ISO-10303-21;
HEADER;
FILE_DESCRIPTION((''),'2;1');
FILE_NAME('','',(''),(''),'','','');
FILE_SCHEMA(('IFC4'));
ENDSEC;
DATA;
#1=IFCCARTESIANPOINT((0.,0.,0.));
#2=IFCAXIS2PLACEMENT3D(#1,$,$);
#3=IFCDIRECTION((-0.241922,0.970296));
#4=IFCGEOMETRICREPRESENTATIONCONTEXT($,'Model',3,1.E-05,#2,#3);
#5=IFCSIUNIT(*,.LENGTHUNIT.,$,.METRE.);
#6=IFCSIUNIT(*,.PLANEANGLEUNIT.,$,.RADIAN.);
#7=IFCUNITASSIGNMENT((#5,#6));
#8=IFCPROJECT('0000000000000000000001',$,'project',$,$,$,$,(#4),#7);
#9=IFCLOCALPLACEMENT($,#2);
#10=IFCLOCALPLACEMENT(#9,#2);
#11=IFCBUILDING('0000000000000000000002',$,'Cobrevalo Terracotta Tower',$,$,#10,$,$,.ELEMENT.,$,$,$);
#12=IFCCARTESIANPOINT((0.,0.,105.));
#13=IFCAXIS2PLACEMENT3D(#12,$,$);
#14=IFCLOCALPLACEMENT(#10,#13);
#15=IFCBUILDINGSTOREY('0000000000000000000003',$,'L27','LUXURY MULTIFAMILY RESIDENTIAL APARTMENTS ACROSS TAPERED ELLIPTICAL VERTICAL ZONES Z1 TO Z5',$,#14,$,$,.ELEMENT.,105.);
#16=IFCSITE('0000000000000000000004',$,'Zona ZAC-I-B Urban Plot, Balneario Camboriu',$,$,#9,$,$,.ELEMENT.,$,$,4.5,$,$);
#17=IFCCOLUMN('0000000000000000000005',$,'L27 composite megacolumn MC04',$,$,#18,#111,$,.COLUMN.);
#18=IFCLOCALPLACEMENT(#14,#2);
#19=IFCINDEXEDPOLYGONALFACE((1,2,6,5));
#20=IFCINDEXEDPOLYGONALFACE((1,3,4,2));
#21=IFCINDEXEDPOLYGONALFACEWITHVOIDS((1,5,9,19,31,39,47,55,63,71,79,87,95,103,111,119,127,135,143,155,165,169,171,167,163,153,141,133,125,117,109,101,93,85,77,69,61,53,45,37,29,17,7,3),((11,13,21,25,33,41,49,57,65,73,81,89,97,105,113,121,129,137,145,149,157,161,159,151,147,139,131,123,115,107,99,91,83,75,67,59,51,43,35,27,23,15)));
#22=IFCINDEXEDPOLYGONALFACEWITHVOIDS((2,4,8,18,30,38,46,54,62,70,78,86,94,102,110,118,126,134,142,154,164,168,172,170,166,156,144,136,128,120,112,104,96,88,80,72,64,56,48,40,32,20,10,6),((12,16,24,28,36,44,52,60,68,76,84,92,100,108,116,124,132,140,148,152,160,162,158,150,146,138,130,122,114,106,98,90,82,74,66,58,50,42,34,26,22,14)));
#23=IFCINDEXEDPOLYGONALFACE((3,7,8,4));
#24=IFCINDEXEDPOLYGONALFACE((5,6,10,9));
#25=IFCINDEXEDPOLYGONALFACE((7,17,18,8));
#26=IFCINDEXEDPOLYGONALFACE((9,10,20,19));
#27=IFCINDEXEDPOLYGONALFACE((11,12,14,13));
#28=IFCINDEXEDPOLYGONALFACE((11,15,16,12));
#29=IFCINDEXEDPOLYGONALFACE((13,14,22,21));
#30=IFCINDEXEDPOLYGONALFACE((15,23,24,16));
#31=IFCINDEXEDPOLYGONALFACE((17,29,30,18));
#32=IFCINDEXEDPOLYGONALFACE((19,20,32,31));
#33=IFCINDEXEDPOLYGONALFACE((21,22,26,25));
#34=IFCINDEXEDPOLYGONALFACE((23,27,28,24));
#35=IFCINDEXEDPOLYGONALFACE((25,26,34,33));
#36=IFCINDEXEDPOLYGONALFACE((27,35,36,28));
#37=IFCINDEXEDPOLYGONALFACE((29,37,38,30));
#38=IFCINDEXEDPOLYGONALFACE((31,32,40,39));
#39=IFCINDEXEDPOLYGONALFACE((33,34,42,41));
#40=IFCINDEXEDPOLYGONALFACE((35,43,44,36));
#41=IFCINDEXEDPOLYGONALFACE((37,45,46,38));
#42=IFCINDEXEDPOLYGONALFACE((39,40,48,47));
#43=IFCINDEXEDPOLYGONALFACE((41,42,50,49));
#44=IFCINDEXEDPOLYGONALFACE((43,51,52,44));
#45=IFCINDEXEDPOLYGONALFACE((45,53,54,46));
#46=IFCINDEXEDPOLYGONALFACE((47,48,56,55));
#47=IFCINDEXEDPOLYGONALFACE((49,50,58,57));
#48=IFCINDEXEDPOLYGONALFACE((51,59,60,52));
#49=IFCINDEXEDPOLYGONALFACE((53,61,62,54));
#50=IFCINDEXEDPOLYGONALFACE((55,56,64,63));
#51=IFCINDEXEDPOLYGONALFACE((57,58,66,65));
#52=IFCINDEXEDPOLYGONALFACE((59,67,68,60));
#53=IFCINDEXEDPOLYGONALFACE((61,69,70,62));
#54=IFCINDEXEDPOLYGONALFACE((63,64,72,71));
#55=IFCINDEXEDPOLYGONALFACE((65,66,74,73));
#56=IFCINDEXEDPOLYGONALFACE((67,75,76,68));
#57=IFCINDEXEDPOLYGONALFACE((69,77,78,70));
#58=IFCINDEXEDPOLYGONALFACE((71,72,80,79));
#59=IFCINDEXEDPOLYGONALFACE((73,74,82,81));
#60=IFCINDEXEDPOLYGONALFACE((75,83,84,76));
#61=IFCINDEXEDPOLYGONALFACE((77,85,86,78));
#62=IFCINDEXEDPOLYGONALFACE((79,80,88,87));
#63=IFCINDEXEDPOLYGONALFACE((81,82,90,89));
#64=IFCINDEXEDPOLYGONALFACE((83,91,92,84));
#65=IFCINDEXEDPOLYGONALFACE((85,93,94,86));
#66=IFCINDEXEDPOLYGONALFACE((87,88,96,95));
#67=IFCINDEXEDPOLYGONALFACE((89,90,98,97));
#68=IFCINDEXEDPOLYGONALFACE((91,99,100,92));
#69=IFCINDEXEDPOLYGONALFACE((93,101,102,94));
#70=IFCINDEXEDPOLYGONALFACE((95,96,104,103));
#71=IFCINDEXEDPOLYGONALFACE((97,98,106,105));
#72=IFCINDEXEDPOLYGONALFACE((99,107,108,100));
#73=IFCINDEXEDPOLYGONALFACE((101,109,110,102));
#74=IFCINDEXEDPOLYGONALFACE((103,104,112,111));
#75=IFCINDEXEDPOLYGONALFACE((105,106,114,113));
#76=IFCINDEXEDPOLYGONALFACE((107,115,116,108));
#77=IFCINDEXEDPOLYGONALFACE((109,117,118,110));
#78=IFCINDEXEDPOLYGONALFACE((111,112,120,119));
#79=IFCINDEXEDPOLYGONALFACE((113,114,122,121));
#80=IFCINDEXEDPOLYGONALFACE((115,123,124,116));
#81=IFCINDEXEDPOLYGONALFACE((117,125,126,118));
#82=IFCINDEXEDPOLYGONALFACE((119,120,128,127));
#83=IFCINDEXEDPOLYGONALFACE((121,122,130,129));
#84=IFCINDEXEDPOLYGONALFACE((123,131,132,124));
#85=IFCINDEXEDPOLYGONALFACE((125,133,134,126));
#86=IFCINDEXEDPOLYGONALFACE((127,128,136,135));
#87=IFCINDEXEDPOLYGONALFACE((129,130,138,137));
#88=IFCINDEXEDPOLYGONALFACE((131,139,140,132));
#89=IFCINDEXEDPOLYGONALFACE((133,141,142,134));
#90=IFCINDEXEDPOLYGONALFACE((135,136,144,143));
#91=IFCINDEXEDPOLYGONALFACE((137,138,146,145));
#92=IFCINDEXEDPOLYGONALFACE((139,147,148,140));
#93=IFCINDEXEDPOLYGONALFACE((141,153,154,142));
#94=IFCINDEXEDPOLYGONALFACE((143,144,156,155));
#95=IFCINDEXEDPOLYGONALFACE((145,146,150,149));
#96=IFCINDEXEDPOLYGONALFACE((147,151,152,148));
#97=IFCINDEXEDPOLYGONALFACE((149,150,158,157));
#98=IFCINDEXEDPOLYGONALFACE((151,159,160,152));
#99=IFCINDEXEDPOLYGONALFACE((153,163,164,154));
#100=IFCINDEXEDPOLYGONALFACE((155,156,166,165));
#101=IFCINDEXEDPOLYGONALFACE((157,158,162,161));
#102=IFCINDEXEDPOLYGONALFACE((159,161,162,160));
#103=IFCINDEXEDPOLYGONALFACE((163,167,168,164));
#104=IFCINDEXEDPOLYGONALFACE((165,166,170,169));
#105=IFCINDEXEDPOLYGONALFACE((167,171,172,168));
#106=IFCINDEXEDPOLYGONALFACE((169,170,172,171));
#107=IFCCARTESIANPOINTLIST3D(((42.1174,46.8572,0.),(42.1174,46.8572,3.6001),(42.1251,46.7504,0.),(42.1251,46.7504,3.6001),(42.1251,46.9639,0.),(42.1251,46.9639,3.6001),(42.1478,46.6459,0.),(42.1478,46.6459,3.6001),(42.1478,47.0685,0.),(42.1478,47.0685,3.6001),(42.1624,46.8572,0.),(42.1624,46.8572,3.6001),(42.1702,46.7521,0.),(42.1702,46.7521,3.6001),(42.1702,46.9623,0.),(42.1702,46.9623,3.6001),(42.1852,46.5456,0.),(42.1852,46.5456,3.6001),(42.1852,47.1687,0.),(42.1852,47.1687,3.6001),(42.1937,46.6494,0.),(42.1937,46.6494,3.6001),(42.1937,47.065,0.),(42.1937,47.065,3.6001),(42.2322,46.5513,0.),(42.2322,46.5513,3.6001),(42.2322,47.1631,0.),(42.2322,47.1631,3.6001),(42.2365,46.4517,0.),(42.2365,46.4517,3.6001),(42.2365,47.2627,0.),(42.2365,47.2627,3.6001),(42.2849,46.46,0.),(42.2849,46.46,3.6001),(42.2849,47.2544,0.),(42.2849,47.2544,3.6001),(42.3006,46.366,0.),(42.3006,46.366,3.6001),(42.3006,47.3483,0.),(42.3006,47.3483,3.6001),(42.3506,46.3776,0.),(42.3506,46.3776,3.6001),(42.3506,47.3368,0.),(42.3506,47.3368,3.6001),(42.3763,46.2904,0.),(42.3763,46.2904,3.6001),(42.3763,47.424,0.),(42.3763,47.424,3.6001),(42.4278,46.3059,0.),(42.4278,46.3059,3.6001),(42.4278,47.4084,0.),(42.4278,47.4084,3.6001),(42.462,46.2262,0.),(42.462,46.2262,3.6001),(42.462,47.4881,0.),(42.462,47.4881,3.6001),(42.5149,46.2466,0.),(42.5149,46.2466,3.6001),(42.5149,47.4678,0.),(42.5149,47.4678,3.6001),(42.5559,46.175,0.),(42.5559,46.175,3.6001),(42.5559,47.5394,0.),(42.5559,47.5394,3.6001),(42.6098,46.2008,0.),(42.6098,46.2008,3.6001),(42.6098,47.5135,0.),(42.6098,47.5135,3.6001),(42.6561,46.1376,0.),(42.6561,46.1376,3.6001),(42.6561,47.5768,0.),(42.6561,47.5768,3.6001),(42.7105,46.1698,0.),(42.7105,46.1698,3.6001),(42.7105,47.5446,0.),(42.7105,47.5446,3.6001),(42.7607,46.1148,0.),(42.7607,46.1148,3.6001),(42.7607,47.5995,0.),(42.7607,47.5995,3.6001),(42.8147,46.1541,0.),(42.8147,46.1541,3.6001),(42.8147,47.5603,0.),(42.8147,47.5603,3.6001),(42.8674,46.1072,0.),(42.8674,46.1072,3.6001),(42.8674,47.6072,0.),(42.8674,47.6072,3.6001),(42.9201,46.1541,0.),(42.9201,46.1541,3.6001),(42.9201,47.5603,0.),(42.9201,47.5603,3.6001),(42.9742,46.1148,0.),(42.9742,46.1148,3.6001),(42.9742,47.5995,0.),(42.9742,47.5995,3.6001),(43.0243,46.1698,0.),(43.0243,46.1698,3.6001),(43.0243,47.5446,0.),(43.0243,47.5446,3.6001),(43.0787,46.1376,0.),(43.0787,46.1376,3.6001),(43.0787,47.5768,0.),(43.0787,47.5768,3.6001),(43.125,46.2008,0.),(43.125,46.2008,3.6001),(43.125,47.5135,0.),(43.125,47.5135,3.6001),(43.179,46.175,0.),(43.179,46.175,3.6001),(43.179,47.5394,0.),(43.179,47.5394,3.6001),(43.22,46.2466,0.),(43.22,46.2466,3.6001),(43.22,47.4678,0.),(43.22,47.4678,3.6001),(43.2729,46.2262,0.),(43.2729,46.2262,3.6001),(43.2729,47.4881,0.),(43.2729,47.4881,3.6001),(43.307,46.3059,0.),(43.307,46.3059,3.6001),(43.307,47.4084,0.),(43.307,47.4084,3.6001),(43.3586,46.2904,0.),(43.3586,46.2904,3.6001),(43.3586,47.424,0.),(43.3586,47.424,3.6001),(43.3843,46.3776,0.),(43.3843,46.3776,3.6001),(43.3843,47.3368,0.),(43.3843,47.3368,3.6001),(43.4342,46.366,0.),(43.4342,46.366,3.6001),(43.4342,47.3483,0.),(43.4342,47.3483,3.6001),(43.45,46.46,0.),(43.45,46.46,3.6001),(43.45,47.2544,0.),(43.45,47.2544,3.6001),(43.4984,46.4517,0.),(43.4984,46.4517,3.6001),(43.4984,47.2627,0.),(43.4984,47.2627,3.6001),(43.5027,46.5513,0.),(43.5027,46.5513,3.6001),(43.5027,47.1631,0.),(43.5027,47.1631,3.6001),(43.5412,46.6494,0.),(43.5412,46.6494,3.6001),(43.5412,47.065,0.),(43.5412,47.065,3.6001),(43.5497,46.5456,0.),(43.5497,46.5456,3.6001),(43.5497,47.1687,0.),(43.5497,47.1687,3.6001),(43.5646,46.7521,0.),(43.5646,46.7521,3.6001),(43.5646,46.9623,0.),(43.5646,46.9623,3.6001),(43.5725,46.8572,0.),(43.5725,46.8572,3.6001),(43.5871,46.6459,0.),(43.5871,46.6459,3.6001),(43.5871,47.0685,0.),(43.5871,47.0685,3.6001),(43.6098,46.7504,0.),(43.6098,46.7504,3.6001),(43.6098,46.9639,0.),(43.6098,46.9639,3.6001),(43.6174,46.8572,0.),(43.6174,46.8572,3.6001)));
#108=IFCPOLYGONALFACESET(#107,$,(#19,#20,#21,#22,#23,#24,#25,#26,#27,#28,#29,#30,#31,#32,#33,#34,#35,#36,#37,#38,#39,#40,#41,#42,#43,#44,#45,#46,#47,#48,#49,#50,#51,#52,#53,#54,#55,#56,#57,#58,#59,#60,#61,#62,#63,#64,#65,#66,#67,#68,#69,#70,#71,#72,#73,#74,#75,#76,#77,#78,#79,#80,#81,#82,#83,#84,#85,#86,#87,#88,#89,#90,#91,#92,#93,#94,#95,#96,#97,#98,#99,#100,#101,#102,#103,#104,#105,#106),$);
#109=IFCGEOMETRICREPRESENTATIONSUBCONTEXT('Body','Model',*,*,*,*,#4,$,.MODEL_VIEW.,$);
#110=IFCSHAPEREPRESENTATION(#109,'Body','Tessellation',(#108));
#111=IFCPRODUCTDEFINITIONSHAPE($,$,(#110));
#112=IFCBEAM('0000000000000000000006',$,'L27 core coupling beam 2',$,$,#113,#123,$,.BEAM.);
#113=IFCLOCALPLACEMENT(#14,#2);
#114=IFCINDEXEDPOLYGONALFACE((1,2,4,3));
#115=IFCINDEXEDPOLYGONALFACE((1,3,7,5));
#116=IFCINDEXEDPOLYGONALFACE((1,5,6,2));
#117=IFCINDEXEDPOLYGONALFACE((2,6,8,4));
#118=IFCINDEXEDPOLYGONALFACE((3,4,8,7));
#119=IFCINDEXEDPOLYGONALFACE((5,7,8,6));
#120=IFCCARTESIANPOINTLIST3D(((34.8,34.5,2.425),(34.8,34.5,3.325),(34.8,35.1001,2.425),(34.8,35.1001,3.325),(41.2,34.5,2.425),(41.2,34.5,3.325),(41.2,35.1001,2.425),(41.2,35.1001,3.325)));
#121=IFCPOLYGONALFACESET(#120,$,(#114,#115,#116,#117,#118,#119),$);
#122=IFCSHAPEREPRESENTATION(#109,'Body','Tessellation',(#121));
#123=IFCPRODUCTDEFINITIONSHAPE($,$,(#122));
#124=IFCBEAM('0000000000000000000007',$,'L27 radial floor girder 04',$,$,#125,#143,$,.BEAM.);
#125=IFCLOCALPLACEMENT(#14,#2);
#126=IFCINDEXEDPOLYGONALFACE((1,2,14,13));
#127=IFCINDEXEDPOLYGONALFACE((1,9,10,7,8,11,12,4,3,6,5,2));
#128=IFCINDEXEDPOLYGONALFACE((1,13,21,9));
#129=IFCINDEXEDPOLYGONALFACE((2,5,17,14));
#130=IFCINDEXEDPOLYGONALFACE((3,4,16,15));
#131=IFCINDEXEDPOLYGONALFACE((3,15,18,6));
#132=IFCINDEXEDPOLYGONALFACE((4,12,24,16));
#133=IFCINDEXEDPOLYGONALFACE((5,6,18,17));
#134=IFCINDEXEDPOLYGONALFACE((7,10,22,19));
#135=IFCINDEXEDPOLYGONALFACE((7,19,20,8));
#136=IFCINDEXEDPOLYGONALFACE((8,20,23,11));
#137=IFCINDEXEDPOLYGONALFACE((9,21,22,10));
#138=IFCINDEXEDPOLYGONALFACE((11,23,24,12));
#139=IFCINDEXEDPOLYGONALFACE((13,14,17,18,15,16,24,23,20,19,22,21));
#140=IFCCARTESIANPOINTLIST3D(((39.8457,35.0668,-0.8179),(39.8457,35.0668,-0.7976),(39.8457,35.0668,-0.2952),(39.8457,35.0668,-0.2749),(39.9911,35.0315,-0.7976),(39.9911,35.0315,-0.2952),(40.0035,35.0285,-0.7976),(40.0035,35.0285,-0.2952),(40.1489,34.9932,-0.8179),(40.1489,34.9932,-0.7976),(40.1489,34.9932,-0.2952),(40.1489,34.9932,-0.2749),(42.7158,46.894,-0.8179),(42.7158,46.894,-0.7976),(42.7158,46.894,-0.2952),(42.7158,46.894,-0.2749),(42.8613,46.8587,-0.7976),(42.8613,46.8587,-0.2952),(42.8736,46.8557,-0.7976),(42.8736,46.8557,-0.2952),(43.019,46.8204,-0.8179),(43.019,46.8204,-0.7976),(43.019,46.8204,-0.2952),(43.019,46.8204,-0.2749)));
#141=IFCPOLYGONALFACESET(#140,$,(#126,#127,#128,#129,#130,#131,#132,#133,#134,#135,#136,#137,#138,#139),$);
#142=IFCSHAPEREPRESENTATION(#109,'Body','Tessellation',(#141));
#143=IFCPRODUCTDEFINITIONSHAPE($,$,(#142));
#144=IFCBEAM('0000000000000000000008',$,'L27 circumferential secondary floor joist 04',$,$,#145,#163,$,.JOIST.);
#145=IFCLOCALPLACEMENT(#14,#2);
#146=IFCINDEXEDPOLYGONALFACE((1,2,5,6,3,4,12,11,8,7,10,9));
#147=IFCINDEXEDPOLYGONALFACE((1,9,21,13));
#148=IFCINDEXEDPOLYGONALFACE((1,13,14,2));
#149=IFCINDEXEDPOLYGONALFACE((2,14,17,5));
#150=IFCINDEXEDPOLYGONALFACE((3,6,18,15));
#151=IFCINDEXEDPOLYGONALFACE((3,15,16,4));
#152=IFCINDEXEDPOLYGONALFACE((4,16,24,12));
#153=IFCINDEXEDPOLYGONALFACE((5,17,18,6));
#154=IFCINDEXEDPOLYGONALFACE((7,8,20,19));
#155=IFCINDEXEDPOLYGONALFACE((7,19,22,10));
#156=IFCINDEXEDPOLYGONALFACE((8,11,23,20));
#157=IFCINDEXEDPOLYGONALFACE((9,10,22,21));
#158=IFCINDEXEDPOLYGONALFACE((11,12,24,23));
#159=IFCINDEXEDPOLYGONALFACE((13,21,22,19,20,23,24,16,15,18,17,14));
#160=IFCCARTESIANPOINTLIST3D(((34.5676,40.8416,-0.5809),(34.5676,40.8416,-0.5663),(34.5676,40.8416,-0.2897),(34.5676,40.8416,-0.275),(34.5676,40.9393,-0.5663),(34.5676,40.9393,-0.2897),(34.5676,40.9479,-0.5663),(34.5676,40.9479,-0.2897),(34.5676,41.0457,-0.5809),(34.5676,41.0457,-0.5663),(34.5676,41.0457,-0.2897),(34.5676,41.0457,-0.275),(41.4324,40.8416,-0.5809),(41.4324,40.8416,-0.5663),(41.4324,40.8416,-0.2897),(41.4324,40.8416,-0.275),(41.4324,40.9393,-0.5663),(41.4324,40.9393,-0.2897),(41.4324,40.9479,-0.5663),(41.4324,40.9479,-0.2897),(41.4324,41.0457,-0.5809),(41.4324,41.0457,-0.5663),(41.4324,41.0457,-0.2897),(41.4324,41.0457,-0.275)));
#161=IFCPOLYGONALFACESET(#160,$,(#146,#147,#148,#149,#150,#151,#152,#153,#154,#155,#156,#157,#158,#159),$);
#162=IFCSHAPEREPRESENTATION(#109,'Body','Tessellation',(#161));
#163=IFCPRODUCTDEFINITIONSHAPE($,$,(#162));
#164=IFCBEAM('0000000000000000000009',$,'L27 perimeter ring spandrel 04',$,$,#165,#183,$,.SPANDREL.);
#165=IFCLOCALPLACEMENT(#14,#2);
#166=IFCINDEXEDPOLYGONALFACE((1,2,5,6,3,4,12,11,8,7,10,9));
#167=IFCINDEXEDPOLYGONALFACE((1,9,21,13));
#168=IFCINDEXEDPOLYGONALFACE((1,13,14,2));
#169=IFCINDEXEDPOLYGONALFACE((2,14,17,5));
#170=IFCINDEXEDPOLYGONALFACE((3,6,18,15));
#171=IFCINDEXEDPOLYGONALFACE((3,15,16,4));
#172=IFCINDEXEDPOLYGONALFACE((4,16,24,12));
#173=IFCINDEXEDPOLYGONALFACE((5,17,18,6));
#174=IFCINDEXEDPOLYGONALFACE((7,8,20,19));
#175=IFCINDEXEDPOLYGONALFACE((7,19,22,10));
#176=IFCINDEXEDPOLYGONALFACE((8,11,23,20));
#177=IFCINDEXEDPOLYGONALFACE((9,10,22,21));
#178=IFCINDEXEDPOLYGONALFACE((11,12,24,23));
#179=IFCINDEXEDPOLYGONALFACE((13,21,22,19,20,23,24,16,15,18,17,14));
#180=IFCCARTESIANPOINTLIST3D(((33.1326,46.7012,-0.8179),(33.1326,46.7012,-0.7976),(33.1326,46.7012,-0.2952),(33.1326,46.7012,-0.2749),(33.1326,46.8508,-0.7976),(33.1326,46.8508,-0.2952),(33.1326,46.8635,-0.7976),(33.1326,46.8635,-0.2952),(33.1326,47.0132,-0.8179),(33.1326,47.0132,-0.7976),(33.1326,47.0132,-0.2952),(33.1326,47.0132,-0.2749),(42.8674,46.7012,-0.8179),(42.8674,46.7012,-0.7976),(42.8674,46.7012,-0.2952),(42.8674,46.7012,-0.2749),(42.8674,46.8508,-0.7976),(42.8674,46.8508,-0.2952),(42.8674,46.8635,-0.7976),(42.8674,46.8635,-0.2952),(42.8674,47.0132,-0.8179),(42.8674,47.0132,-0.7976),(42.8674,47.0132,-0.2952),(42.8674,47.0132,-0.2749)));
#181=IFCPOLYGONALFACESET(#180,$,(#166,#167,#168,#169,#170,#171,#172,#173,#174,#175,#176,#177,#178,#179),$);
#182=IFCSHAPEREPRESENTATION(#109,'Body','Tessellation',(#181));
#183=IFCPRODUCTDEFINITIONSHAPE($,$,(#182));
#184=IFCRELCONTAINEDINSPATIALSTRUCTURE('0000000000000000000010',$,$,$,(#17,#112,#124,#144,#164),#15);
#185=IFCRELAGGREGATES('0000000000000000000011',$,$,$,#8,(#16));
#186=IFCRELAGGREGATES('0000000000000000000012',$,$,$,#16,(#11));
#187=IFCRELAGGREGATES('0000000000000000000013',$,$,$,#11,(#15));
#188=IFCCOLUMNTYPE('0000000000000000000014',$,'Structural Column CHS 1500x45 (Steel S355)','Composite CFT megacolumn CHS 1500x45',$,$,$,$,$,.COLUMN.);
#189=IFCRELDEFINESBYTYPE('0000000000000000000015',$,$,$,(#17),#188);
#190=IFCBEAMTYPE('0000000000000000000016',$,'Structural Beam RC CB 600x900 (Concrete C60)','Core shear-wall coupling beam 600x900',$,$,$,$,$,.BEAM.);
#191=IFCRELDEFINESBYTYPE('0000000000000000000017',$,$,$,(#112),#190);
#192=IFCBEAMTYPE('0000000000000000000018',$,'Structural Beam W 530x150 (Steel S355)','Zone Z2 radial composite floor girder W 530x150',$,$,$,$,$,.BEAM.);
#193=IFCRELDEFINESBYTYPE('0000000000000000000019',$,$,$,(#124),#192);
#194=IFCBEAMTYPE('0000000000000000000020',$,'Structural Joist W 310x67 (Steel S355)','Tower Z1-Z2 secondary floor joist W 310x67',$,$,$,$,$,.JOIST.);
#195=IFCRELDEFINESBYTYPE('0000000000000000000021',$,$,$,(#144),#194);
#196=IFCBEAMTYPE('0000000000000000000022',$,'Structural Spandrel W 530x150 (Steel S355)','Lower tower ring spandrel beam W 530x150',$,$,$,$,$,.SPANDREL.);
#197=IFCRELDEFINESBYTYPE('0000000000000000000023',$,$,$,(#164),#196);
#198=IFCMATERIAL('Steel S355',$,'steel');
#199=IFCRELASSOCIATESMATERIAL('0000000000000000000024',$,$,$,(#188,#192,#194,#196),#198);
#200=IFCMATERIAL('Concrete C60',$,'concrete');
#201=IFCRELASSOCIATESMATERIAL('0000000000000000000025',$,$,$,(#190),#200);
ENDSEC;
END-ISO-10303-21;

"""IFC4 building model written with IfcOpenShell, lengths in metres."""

from ifc_helpers import new_model, si_unit, direction, frame, origin, origin_2d, place, context, subcontext, project, spatial, rectangle, hollow_circle, i_section, extrude, material, material_profile, profile_set, type_object, element, save


model = new_model("IFC4")

# Units and contexts
model_context = context("Model", 3, precision=1e-05, world=origin(), true_north=direction((-0.241922, 0.970296)))
body_context = subcontext(model_context, "Body", "Model", "MODEL_VIEW")
ifc_project = project(units=[si_unit("LENGTHUNIT", "METRE"), si_unit("PLANEANGLEUNIT", "RADIAN")], contexts=[model_context])

# Site, building, storey
site_placement = place(None, origin())
site = spatial("IfcSite", under=ifc_project, at=site_placement, Name="Zona ZAC-I-B Urban Plot, Balneario Camboriu", CompositionType="ELEMENT", RefElevation=4.5)
building_placement = place(site_placement, origin())
building = spatial("IfcBuilding", under=site, at=building_placement, Name="Cobrevalo Terracotta Tower", CompositionType="ELEMENT")
storey_placement = place(building_placement, frame((0.0, 0.0, 105.0)))
storey = spatial("IfcBuildingStorey", under=building, at=storey_placement, Name="L27", Description="LUXURY MULTIFAMILY RESIDENTIAL APARTMENTS ACROSS TAPERED ELLIPTICAL VERTICAL ZONES Z1 TO Z5", CompositionType="ELEMENT", Elevation=105.0)

# Column
ifc_material_1 = material(Name="Steel S355", Category="steel")
ifc_material_profile_1 = material_profile(ifc_material_1, hollow_circle(Radius=0.75, WallThickness=0.0449, at=origin_2d()), Name="CHS 1500x45")
ifc_profile_set_1 = profile_set([ifc_material_profile_1], Name="Steel S355")
column_type = type_object("IfcColumnType", Name="Structural Column CHS 1500x45 (Steel S355)", Description="Composite CFT megacolumn CHS 1500x45", PredefinedType="COLUMN", material=ifc_profile_set_1)
column_placement = place(storey_placement, frame((42.8674, 46.8572, 0.0), z_axis=(0.0, 0.0, 1.0), x_axis=(1.0, 0.0, 0.0)))
element("IfcColumn", 1, at=column_placement, inside=storey, type_object=column_type, Name="L27 composite megacolumn MC04", PredefinedType="COLUMN", context=body_context, shape_type="SweptSolid", body=[
    extrude(hollow_circle(Radius=0.75, WallThickness=0.0449, at=origin_2d()), origin(), (0.0, 0.0, 1.0), 3.6001),
])

# Beams
ifc_material_2 = material(Name="Concrete C60", Category="concrete")
ifc_material_profile_2 = material_profile(ifc_material_2, rectangle(XDim=0.6001, YDim=0.8999, at=origin_2d()), Name="RC CB 600x900")
ifc_profile_set_2 = profile_set([ifc_material_profile_2], Name="Concrete C60")
beam_type_1 = type_object("IfcBeamType", Name="Structural Beam RC CB 600x900 (Concrete C60)", Description="Core shear-wall coupling beam 600x900", PredefinedType="BEAM", material=ifc_profile_set_2)
beam_1_placement = place(storey_placement, frame((34.8, 34.8, 2.875), z_axis=(1.0, 0.0, 0.0), x_axis=(0.0, 1.0, 0.0)))
element("IfcBeam", 2, at=beam_1_placement, inside=storey, type_object=beam_type_1, Name="L27 core coupling beam 2", PredefinedType="BEAM", context=body_context, shape_type="SweptSolid", body=[
    extrude(rectangle(XDim=0.6001, YDim=0.8999, at=origin_2d()), origin(), (0.0, 0.0, 1.0), 6.3999),
])
ifc_material_profile_3 = material_profile(ifc_material_1, i_section(OverallWidth=0.312, OverallDepth=0.543, WebThickness=0.0127, FlangeThickness=0.0203, at=origin_2d()), Name="W 530x150")
ifc_profile_set_3 = profile_set([ifc_material_profile_3], Name="Steel S355")
beam_type_2 = type_object("IfcBeamType", Name="Structural Beam W 530x150 (Steel S355)", Description="Zone Z2 radial composite floor girder W 530x150", PredefinedType="BEAM", material=ifc_profile_set_3)
beam_2_placement = place(storey_placement, frame((42.8674, 46.8572, -0.5464), z_axis=(-0.235827, -0.971795, 0.0), x_axis=(0.971795, -0.235827, 0.0)))
element("IfcBeam", 3, at=beam_2_placement, inside=storey, type_object=beam_type_2, Name="L27 radial floor girder 04", PredefinedType="BEAM", context=body_context, shape_type="SweptSolid", body=[
    extrude(i_section(OverallWidth=0.312, OverallDepth=0.543, WebThickness=0.0127, FlangeThickness=0.0203, at=origin_2d()), origin(), (0.0, 0.0, 1.0), 12.1704),
])
ifc_material_profile_4 = material_profile(ifc_material_1, i_section(OverallWidth=0.2041, OverallDepth=0.3059, WebThickness=0.0085, FlangeThickness=0.0146, at=origin_2d()), Name="W 310x67")
ifc_profile_set_4 = profile_set([ifc_material_profile_4], Name="Steel S355")
beam_type_3 = type_object("IfcBeamType", Name="Structural Joist W 310x67 (Steel S355)", Description="Tower Z1-Z2 secondary floor joist W 310x67", PredefinedType="JOIST", material=ifc_profile_set_4)
beam_3_placement = place(storey_placement, frame((41.4324, 40.9436, -0.428), z_axis=(-1.0, 0.0, 0.0), x_axis=(0.0, -1.0, 0.0)))
element("IfcBeam", 4, at=beam_3_placement, inside=storey, type_object=beam_type_3, Name="L27 circumferential secondary floor joist 04", PredefinedType="JOIST", context=body_context, shape_type="SweptSolid", body=[
    extrude(i_section(OverallWidth=0.2041, OverallDepth=0.3059, WebThickness=0.0085, FlangeThickness=0.0146, at=origin_2d()), origin(), (0.0, 0.0, 1.0), 6.8647),
])
ifc_material_profile_5 = material_profile(ifc_material_1, i_section(OverallWidth=0.312, OverallDepth=0.543, WebThickness=0.0127, FlangeThickness=0.0203, at=origin_2d()), Name="W 530x150")
ifc_profile_set_5 = profile_set([ifc_material_profile_5], Name="Steel S355")
beam_type_4 = type_object("IfcBeamType", Name="Structural Spandrel W 530x150 (Steel S355)", Description="Lower tower ring spandrel beam W 530x150", PredefinedType="SPANDREL", material=ifc_profile_set_5)
beam_4_placement = place(storey_placement, frame((42.8674, 46.8572, -0.5464), z_axis=(-1.0, 0.0, 0.0), x_axis=(0.0, -1.0, 0.0)))
element("IfcBeam", 5, at=beam_4_placement, inside=storey, type_object=beam_type_4, Name="L27 perimeter ring spandrel 04", PredefinedType="SPANDREL", context=body_context, shape_type="SweptSolid", body=[
    extrude(i_section(OverallWidth=0.312, OverallDepth=0.543, WebThickness=0.0127, FlangeThickness=0.0203, at=origin_2d()), origin(), (0.0, 0.0, 1.0), 9.7349),
])

save(model, "model.ifc")
